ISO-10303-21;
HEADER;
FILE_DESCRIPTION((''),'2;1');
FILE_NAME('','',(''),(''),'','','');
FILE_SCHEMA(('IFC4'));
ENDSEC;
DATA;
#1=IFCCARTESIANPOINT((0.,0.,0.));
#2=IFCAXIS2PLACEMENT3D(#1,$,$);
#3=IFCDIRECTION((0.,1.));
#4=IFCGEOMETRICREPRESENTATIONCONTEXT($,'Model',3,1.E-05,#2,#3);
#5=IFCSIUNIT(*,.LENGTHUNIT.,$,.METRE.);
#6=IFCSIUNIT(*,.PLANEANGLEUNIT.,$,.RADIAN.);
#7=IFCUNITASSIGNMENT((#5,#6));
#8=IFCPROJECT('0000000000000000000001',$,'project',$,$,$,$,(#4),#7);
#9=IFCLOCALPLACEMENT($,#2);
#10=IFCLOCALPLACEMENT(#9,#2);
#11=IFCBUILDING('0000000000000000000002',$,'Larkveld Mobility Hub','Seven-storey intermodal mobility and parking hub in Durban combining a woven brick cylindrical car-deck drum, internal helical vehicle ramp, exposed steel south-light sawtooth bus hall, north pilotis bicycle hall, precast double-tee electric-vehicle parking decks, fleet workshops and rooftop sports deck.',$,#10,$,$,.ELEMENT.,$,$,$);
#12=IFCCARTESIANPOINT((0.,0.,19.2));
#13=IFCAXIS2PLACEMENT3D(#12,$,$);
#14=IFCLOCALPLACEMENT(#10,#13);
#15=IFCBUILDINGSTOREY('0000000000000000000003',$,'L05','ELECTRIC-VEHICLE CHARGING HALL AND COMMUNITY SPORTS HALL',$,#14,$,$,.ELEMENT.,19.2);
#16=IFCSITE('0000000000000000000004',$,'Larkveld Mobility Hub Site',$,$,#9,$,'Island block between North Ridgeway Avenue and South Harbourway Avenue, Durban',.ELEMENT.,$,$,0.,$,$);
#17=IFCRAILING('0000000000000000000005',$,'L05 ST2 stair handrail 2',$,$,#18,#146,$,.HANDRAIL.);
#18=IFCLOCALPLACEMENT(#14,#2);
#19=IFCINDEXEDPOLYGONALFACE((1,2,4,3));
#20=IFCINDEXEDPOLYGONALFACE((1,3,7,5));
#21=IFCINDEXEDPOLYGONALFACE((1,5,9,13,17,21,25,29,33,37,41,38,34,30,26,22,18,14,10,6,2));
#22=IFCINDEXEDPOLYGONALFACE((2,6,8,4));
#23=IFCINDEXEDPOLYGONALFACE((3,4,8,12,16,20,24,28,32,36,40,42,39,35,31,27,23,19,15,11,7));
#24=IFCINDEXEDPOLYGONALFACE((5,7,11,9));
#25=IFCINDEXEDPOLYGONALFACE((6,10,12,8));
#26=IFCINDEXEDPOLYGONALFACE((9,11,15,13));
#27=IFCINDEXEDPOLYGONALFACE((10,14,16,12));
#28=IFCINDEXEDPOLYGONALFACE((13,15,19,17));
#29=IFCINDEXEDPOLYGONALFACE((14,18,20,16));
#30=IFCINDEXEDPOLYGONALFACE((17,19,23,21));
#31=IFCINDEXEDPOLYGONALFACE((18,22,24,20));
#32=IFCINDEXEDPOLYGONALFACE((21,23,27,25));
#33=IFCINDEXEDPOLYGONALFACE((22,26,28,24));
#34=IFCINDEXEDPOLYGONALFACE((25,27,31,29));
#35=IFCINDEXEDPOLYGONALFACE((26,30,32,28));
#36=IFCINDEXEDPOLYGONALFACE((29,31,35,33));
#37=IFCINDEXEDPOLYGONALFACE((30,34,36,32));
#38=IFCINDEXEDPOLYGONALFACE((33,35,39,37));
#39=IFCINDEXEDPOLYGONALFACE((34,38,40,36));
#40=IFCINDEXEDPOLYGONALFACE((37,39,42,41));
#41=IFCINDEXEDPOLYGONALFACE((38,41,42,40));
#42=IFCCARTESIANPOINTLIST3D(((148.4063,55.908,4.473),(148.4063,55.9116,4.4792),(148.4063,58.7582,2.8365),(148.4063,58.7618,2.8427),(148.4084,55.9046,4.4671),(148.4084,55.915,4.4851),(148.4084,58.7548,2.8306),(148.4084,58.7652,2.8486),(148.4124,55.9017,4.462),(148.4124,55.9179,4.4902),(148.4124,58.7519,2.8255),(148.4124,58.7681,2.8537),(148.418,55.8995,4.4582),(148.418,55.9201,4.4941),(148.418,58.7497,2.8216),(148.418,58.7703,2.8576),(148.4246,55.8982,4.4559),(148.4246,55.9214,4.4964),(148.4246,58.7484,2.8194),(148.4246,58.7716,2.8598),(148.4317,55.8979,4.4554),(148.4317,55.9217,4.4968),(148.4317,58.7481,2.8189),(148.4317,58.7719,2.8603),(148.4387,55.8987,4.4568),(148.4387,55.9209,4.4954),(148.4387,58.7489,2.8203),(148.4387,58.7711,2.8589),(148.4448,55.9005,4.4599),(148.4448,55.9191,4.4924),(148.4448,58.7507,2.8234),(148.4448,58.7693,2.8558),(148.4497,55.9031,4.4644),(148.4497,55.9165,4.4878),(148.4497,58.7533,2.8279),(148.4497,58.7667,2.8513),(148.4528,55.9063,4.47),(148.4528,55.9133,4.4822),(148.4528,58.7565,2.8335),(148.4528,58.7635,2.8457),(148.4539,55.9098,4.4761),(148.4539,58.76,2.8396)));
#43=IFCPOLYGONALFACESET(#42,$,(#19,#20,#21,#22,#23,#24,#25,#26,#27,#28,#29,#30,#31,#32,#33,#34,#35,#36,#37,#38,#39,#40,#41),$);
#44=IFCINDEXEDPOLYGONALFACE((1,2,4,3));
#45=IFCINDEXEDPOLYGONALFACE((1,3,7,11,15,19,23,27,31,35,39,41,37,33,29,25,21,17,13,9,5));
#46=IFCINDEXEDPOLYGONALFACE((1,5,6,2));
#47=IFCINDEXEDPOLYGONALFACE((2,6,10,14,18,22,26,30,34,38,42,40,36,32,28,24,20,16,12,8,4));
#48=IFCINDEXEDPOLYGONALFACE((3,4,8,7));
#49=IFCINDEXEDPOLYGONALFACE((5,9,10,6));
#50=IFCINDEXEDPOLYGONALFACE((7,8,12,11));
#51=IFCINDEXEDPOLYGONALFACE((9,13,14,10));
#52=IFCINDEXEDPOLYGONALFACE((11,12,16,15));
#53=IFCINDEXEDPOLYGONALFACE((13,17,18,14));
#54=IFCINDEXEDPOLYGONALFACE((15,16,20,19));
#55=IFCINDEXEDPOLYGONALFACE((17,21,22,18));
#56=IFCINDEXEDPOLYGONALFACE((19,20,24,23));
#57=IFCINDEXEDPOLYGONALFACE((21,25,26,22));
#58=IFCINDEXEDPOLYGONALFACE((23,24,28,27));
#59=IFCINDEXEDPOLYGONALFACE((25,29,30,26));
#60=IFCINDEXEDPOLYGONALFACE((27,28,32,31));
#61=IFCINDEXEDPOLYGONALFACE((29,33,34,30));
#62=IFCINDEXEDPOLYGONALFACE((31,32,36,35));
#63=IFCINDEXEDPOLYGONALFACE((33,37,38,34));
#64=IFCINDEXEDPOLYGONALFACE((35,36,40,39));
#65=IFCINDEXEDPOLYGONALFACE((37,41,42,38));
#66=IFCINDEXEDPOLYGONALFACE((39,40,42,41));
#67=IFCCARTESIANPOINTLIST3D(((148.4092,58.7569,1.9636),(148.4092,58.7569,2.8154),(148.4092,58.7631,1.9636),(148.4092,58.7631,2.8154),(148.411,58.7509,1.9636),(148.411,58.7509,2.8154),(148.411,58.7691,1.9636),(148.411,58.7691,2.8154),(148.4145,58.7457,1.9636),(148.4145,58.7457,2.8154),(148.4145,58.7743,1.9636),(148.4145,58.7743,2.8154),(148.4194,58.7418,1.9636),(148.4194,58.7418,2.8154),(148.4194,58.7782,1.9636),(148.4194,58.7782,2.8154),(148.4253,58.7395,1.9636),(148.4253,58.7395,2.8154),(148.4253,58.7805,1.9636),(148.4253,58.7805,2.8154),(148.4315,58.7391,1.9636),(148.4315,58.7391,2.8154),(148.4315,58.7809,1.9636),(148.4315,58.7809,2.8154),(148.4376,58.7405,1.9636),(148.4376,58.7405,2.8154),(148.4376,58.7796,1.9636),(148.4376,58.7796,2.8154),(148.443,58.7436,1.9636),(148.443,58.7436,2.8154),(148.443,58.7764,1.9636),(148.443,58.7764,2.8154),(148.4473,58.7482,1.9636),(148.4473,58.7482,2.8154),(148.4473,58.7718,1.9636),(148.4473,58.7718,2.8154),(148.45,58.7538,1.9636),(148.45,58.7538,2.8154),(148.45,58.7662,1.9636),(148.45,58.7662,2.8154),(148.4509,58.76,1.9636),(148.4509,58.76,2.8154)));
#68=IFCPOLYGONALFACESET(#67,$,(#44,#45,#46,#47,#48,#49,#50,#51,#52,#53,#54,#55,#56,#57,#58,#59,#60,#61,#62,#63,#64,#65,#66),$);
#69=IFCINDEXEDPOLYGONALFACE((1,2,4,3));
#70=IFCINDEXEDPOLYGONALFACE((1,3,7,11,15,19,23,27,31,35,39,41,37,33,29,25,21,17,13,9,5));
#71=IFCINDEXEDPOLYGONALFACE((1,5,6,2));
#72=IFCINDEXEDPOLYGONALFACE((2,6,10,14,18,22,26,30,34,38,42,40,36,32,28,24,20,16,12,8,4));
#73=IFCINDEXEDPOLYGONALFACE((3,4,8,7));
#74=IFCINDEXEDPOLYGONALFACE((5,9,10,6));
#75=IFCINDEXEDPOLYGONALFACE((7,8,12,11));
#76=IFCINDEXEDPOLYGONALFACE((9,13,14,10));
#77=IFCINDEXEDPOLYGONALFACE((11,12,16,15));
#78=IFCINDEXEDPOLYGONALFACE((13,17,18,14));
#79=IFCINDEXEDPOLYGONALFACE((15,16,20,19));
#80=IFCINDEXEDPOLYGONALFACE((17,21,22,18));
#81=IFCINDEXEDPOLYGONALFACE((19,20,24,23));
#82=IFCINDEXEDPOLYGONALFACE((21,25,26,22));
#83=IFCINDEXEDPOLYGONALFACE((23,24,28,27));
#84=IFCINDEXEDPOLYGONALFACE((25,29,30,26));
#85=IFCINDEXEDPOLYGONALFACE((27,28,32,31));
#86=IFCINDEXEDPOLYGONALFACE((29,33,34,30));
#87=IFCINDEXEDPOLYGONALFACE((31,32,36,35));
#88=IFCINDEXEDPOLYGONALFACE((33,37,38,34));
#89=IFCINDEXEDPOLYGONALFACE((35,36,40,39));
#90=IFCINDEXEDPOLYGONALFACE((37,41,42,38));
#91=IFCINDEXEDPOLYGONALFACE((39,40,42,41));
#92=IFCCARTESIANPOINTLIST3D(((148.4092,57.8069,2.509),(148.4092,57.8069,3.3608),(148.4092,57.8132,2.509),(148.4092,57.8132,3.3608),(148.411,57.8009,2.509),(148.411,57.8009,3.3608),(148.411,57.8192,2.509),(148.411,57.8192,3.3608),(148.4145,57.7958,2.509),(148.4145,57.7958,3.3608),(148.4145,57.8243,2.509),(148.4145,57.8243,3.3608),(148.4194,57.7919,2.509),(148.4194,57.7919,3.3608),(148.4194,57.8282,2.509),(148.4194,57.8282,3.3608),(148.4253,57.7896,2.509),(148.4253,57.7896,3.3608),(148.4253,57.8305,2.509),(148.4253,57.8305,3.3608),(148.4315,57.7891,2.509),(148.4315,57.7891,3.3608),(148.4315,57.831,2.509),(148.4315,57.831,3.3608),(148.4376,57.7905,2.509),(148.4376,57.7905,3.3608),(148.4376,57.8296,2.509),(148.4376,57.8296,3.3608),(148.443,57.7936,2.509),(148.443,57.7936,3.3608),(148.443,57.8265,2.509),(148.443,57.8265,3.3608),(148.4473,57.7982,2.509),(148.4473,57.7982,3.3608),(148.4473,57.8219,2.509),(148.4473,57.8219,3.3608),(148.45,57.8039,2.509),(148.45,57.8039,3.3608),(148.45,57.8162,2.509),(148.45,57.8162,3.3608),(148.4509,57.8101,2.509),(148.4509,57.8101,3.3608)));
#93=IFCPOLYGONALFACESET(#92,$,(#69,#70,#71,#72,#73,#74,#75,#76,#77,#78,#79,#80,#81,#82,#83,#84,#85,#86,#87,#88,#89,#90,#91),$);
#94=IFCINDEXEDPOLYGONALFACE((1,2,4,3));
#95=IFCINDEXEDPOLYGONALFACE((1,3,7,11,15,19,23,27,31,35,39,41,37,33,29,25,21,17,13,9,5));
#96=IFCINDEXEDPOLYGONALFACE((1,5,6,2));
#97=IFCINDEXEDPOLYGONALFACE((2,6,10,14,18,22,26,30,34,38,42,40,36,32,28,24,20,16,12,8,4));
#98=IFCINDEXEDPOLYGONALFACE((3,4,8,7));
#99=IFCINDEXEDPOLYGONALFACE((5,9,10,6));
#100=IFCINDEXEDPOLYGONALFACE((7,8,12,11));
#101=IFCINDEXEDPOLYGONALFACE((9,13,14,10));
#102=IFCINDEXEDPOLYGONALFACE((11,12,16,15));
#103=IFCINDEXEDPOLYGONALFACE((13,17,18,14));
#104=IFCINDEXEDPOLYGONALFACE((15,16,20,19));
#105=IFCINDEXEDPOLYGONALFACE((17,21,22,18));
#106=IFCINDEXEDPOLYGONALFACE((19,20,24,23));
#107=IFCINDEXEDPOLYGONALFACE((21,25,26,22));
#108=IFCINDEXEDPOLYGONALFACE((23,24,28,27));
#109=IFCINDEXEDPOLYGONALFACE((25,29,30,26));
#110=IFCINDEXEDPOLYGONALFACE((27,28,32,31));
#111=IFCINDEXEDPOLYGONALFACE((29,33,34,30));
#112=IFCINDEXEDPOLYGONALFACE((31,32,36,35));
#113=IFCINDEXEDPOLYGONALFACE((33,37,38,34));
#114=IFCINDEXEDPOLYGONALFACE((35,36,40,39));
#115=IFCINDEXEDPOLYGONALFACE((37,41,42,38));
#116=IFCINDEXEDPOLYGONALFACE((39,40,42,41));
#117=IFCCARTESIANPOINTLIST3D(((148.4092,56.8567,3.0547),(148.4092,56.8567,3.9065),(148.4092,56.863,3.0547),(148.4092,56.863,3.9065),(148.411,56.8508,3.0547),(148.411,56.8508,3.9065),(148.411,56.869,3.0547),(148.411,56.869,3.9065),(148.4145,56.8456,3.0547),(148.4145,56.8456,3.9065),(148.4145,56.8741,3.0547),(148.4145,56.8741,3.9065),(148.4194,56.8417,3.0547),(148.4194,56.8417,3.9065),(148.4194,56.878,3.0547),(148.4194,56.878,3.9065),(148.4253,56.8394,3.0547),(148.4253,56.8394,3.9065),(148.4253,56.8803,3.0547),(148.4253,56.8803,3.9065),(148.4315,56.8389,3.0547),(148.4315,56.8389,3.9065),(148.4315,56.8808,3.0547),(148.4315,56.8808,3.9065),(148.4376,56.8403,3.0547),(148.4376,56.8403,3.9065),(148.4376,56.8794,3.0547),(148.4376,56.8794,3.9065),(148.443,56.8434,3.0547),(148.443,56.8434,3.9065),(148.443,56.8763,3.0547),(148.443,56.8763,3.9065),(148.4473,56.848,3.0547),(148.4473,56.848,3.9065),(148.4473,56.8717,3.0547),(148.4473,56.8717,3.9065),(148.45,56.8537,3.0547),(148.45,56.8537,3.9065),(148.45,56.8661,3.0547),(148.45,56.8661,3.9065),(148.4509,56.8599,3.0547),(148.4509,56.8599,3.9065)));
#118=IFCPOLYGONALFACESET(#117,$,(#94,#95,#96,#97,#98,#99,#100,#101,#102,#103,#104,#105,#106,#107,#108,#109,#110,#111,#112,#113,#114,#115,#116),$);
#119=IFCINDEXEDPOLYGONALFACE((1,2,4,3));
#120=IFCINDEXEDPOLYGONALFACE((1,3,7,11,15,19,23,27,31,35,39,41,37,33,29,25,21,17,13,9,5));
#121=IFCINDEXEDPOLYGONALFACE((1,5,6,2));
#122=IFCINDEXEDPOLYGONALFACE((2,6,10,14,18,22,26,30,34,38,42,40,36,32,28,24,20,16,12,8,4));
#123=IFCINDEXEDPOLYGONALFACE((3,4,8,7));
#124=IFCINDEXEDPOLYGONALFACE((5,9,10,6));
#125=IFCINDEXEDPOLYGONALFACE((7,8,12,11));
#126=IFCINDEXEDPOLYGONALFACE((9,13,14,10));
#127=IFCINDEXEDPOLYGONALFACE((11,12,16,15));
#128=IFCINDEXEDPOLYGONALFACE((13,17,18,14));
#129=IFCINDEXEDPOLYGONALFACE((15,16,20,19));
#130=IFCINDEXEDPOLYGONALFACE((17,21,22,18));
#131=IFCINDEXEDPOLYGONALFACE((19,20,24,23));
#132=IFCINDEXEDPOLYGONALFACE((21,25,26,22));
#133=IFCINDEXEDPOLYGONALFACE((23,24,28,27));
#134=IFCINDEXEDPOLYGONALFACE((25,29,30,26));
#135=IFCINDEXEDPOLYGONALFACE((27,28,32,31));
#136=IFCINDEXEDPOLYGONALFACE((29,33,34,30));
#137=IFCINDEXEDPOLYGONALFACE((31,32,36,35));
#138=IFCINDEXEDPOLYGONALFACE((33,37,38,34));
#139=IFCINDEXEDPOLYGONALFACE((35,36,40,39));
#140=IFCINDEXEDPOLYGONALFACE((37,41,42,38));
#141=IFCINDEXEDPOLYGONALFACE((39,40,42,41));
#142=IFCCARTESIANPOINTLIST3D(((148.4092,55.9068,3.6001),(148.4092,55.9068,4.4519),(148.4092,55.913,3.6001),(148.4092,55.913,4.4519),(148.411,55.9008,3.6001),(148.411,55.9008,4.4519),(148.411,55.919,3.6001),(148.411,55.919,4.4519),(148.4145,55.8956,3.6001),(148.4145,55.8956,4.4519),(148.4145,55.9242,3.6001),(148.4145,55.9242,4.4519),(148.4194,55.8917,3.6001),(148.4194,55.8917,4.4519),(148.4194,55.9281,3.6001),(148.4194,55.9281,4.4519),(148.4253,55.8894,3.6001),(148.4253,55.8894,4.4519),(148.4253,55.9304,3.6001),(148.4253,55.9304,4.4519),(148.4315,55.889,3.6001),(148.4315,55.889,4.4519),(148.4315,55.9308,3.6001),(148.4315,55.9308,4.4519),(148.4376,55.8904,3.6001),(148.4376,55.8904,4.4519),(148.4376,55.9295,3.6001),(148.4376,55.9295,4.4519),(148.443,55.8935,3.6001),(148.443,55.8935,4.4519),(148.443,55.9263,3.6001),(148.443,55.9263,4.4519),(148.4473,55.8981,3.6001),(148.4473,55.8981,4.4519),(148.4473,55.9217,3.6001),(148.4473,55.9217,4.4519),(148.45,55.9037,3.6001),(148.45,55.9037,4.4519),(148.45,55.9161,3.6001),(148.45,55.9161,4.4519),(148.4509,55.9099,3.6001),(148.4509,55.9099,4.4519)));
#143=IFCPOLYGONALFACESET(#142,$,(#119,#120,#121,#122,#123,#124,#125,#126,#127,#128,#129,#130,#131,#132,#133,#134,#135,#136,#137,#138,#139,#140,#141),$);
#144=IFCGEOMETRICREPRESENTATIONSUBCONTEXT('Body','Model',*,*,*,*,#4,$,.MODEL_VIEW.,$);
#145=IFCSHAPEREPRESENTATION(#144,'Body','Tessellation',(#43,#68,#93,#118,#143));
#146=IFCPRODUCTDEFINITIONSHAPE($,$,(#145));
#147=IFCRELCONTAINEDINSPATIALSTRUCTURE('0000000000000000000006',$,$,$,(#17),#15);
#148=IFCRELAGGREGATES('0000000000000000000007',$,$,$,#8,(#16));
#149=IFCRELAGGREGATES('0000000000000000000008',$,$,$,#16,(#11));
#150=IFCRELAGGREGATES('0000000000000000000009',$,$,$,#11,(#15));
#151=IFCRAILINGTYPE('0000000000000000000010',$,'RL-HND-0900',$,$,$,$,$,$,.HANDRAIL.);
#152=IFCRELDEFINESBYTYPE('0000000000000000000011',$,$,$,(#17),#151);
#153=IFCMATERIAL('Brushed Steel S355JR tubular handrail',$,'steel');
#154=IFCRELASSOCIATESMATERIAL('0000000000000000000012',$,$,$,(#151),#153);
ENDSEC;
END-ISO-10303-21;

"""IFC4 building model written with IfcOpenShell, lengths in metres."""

from ifc_helpers import new_model, si_unit, direction, frame, origin, origin_2d, place, context, subcontext, project, spatial, circle, extrude, material, type_object, element, save


model = new_model("IFC4")

# Units and contexts
model_context = context("Model", 3, precision=1e-05, world=origin(), true_north=direction((0.0, 1.0)))
body_context = subcontext(model_context, "Body", "Model", "MODEL_VIEW")
ifc_project = project(units=[si_unit("LENGTHUNIT", "METRE"), si_unit("PLANEANGLEUNIT", "RADIAN")], contexts=[model_context])

# Site, building, storey
site_placement = place(None, origin())
site = spatial("IfcSite", under=ifc_project, at=site_placement, Name="Larkveld Mobility Hub Site", LongName="Island block between North Ridgeway Avenue and South Harbourway Avenue, Durban", CompositionType="ELEMENT", RefElevation=0.0)
building_placement = place(site_placement, origin())
building = spatial("IfcBuilding", under=site, at=building_placement, Name="Larkveld Mobility Hub", Description="Seven-storey intermodal mobility and parking hub in Durban combining a woven brick cylindrical car-deck drum, internal helical vehicle ramp, exposed steel south-light sawtooth bus hall, north pilotis bicycle hall, precast double-tee electric-vehicle parking decks, fleet workshops and rooftop sports deck.", CompositionType="ELEMENT")
storey_placement = place(building_placement, frame((0.0, 0.0, 19.2)))
storey = spatial("IfcBuildingStorey", under=building, at=storey_placement, Name="L05", Description="ELECTRIC-VEHICLE CHARGING HALL AND COMMUNITY SPORTS HALL", CompositionType="ELEMENT", Elevation=19.2)

# Railing
ifc_material_1 = material(Name="Brushed Steel S355JR tubular handrail", Category="steel")
railing_type_1 = type_object("IfcRailingType", Name="RL-HND-0900", PredefinedType="HANDRAIL", material=ifc_material_1)
railing_1_placement = place(storey_placement, frame((148.4299, 58.76, 1.9636)))
element("IfcRailing", 1, at=railing_1_placement, inside=storey, type_object=railing_type_1, Name="L05 ST2 stair handrail 2", PredefinedType="HANDRAIL", context=body_context, shape_type="SweptSolid", body=[
    extrude(circle(Radius=0.0239, at=origin_2d()), frame((0.0, 0.0, 0.876), z_axis=(0.0, -0.867213, 0.497938), x_axis=(1.0, 0.0, 0.0)), (0.0, 0.0, 1.0), 3.2866),
    extrude(circle(Radius=0.021, at=origin_2d()), origin(), (0.0, 0.0, 1.0), 0.8518),
    extrude(circle(Radius=0.021, at=origin_2d()), frame((0.0, -0.95, 0.5454)), (0.0, 0.0, 1.0), 0.8518),
    extrude(circle(Radius=0.021, at=origin_2d()), frame((0.0, -1.9001, 1.0911)), (0.0, 0.0, 1.0), 0.8518),
    extrude(circle(Radius=0.021, at=origin_2d()), frame((0.0, -2.8501, 1.6365)), (0.0, 0.0, 1.0), 0.8518),
])

save(model, "model.ifc")
